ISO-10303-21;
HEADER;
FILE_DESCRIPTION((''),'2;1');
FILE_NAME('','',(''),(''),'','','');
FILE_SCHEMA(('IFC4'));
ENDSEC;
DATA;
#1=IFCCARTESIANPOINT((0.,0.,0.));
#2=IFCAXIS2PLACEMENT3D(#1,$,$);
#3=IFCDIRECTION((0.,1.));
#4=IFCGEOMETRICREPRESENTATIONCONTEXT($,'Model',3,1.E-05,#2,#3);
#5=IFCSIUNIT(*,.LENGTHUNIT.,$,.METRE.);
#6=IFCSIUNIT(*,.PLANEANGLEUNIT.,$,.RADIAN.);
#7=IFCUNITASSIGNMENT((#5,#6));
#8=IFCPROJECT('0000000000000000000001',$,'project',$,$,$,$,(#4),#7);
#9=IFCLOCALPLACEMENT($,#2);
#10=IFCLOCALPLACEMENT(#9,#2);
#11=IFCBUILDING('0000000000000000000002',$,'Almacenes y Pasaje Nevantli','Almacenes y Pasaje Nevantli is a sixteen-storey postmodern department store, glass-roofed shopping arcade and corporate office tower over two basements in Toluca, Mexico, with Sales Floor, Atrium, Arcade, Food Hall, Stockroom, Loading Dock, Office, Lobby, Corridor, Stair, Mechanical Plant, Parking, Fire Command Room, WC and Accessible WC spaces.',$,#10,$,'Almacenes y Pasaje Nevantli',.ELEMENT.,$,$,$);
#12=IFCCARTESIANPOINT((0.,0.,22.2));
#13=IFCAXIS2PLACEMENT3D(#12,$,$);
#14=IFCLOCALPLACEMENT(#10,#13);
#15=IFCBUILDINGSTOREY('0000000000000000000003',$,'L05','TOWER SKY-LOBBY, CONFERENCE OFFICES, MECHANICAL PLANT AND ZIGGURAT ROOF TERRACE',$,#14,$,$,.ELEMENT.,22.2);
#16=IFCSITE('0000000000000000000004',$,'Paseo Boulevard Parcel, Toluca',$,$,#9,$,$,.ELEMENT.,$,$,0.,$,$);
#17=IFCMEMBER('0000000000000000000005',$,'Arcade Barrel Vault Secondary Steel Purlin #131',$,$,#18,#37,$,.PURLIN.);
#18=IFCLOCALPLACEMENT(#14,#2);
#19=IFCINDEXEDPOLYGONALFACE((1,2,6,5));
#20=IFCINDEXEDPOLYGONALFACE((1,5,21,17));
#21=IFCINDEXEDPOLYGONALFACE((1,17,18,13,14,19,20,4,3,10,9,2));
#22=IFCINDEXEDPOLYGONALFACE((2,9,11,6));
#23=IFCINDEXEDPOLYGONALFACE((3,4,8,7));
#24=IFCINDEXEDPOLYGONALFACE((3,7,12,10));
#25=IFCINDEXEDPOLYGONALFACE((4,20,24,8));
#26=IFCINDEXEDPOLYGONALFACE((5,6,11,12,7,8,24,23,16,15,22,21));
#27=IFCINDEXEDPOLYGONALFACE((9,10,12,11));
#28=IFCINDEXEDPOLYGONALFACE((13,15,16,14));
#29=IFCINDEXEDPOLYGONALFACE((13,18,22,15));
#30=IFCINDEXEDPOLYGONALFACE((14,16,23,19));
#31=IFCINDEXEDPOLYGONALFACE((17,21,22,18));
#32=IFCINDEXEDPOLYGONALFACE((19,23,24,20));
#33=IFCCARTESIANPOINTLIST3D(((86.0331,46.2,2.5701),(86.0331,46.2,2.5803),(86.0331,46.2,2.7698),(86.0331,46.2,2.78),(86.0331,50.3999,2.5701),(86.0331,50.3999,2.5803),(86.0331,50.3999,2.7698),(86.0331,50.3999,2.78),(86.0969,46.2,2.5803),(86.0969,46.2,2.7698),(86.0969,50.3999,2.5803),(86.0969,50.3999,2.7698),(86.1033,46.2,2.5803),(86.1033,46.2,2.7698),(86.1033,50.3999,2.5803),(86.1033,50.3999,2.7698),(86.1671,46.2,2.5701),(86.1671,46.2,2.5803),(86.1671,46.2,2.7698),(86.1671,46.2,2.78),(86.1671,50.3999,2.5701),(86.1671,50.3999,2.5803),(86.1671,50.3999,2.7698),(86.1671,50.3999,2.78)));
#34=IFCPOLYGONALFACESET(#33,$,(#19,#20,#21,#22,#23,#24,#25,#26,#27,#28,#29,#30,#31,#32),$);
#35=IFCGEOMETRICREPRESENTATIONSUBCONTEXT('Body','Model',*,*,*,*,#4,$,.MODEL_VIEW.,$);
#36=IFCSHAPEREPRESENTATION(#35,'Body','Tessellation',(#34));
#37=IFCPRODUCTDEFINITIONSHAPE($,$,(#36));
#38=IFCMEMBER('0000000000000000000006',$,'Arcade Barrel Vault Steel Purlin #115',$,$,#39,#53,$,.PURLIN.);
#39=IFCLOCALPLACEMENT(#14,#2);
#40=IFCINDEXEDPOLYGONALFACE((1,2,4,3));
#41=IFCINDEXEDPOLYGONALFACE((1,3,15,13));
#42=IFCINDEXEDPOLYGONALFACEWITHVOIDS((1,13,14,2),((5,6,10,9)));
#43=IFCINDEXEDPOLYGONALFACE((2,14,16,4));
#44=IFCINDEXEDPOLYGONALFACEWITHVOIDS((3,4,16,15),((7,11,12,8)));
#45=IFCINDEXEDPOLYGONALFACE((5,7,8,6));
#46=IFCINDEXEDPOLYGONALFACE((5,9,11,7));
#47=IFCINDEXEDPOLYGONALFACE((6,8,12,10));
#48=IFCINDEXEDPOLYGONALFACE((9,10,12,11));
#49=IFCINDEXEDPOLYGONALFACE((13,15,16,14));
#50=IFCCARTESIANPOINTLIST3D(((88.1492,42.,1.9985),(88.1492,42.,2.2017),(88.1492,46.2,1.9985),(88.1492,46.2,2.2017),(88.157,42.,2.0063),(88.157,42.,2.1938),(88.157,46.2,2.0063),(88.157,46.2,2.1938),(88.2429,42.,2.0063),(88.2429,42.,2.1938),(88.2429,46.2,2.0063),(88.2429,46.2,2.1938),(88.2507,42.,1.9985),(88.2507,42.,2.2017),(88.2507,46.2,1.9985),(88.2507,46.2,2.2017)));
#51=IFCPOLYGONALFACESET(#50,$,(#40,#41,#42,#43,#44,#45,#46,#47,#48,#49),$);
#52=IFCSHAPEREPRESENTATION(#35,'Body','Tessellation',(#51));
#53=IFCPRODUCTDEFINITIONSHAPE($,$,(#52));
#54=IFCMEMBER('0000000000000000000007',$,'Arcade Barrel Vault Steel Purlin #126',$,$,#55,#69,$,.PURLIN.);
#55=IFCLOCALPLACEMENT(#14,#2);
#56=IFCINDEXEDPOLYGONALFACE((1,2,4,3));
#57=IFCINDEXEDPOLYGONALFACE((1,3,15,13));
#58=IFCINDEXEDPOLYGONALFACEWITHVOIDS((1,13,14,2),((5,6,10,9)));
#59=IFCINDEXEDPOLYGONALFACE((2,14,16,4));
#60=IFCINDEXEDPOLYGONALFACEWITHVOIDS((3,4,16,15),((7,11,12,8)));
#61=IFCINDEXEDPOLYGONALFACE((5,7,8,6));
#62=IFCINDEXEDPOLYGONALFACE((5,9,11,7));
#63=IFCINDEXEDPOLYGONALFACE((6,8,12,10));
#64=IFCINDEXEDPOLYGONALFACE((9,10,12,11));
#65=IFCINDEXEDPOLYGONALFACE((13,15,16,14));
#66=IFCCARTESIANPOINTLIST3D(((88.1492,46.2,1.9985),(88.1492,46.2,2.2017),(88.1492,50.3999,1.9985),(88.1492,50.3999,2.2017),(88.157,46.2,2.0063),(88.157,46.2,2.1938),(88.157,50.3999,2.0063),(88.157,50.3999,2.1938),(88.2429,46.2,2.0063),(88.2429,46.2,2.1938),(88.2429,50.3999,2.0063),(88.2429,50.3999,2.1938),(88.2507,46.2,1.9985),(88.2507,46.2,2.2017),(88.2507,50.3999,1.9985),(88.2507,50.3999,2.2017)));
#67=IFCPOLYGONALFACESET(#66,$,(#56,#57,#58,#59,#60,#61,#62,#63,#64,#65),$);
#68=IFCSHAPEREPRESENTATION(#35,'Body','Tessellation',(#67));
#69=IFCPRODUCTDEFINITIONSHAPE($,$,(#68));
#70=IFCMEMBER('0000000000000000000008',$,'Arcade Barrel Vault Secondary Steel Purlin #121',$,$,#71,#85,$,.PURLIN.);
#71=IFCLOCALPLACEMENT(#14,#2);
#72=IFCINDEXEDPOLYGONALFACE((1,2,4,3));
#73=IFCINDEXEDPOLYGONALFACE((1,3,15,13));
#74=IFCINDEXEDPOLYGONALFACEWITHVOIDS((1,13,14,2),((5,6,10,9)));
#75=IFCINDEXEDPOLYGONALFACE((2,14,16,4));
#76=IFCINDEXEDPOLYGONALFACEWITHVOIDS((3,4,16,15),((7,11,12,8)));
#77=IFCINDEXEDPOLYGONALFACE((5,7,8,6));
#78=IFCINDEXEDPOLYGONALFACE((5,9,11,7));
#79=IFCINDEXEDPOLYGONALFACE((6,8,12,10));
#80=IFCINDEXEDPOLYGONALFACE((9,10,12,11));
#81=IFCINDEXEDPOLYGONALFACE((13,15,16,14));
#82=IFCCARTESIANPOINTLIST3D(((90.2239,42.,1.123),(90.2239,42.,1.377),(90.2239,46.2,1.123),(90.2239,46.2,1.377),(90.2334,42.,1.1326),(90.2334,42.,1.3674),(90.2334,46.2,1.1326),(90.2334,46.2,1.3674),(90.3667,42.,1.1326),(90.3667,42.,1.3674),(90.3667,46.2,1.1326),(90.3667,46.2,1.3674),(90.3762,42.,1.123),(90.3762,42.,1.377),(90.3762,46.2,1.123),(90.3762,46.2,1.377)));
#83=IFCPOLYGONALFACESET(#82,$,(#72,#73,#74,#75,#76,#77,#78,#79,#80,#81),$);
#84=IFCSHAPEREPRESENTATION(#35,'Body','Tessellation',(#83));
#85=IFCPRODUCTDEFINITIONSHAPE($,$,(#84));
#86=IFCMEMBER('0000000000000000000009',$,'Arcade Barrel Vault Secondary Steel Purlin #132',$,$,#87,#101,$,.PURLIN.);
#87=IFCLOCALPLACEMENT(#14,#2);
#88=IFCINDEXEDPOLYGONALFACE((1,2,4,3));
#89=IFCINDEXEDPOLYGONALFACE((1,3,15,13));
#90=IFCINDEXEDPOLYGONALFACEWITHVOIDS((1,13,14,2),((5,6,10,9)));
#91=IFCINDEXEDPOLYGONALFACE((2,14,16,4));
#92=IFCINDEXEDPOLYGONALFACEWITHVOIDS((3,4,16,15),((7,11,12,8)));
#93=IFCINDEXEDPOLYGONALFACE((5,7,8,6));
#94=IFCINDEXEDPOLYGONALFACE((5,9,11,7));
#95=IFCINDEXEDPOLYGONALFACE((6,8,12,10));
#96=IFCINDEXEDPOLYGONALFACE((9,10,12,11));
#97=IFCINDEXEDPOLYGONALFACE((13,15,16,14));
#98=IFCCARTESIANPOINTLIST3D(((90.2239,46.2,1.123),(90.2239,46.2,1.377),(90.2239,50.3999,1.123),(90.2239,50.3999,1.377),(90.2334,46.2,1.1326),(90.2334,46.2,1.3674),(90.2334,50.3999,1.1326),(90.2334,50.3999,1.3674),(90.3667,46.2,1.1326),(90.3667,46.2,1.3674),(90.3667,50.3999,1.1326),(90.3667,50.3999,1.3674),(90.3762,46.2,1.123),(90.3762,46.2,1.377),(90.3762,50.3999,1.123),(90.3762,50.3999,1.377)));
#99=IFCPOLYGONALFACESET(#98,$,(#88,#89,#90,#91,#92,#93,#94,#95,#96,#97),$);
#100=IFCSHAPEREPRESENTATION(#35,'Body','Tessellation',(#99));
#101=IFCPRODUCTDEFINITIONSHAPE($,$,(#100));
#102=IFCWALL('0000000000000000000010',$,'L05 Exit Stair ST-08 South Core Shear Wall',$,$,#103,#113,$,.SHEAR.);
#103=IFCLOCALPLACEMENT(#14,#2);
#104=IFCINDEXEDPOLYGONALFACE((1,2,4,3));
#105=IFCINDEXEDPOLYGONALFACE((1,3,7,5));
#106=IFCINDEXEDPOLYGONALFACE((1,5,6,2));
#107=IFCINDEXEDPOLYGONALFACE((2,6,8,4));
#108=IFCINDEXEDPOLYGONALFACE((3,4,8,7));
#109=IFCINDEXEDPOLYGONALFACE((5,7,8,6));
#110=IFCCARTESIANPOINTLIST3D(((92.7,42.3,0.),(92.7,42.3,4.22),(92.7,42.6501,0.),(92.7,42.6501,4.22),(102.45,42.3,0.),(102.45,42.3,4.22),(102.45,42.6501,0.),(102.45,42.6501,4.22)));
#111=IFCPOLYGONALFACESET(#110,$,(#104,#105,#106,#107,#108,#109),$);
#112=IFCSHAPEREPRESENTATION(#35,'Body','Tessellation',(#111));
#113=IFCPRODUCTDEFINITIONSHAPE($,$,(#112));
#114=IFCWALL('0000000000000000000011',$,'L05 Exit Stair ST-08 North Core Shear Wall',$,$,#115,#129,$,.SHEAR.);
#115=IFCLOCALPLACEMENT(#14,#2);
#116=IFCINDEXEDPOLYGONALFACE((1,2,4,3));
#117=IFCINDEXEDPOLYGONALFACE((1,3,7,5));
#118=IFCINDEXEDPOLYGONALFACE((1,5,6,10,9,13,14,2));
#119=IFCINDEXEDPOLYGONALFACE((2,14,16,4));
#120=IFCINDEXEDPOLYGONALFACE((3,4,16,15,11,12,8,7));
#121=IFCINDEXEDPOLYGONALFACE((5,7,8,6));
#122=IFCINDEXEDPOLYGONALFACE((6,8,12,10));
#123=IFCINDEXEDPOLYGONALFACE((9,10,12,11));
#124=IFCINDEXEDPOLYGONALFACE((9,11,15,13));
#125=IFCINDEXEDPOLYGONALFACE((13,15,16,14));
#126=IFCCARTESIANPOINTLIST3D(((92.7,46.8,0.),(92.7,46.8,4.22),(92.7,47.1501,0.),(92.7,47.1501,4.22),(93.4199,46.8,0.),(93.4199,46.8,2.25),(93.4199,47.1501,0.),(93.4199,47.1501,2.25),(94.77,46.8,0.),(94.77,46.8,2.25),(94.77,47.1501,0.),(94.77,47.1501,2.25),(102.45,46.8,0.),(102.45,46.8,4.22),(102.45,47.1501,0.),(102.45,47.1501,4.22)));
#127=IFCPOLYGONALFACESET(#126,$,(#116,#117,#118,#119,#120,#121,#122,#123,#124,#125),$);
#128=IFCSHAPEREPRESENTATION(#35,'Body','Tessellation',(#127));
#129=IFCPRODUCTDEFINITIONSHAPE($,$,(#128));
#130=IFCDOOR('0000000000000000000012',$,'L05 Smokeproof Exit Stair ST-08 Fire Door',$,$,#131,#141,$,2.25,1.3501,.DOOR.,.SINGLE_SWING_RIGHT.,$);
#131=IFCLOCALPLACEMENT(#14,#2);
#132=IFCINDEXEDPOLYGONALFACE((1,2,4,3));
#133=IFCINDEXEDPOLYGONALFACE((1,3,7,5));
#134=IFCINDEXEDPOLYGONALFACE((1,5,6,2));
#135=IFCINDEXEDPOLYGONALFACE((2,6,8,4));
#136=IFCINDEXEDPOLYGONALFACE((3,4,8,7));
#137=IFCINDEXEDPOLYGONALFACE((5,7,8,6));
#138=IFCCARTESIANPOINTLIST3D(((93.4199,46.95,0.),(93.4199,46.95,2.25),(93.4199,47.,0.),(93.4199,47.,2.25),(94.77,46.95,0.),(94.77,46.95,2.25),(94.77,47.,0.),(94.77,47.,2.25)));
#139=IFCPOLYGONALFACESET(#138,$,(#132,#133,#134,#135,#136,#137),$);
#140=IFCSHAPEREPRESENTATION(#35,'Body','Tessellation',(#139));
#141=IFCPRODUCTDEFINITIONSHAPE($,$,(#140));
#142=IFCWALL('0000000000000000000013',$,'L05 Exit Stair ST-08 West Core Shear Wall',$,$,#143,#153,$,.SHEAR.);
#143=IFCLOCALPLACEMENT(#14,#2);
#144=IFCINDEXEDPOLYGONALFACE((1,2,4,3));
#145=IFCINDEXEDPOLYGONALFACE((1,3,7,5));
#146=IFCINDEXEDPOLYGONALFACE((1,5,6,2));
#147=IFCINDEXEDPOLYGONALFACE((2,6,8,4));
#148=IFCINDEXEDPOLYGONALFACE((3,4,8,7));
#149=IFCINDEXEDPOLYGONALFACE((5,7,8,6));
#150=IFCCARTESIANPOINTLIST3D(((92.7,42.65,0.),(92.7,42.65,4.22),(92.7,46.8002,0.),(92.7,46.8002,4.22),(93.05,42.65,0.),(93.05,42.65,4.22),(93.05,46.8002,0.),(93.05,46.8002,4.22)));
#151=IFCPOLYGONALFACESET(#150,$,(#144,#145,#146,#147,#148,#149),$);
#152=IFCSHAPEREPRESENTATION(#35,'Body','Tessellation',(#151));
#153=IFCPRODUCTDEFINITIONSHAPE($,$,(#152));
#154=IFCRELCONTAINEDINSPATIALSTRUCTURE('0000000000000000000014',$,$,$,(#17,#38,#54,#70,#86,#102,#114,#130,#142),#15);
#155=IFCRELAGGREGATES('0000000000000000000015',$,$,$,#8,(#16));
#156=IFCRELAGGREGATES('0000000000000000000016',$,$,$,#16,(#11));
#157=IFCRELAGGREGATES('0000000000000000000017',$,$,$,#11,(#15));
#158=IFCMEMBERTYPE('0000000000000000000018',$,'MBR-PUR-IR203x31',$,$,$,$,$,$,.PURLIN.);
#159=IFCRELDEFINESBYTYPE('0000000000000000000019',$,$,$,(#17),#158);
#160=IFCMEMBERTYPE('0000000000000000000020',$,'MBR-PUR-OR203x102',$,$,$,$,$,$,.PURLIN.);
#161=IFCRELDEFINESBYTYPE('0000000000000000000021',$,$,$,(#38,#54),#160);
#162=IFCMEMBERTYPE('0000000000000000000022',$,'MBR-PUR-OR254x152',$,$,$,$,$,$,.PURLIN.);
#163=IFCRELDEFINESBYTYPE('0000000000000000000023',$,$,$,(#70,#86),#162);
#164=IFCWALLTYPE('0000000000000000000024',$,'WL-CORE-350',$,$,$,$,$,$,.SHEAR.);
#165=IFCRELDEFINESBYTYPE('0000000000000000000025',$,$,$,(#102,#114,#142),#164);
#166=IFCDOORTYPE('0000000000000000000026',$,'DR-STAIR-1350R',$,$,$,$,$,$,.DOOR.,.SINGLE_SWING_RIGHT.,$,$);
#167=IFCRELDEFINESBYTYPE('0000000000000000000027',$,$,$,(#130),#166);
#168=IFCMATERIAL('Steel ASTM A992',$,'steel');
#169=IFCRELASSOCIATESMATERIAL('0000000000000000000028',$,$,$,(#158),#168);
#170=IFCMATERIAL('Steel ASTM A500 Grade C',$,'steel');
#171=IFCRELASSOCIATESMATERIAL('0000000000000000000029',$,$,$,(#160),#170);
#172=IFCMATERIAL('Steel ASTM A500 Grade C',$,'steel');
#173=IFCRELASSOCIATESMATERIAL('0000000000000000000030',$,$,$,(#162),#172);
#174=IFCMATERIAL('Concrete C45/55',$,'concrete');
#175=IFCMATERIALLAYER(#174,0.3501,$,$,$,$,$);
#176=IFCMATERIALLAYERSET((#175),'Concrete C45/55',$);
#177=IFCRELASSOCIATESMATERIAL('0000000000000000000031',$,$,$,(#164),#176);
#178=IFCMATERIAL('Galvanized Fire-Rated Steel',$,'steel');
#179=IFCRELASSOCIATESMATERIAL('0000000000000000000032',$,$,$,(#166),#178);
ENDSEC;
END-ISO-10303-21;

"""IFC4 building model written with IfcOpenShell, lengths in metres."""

from ifc_helpers import new_model, si_unit, direction, frame, frame_2d, origin, origin_2d, place, context, subcontext, project, spatial, rectangle, hollow_rectangle, i_section, extrude, material, layer, layer_set, material_profile, profile_set, type_object, element, fill, save


model = new_model("IFC4")

# Units and contexts
model_context = context("Model", 3, precision=1e-05, world=origin(), true_north=direction((0.0, 1.0)))
body_context = subcontext(model_context, "Body", "Model", "MODEL_VIEW")
ifc_project = project(units=[si_unit("LENGTHUNIT", "METRE"), si_unit("PLANEANGLEUNIT", "RADIAN")], contexts=[model_context])

# Site, building, storey
site_placement = place(None, origin())
site = spatial("IfcSite", under=ifc_project, at=site_placement, Name="Paseo Boulevard Parcel, Toluca", CompositionType="ELEMENT", RefElevation=0.0)
building_placement = place(site_placement, origin())
building = spatial("IfcBuilding", under=site, at=building_placement, Name="Almacenes y Pasaje Nevantli", Description="Almacenes y Pasaje Nevantli is a sixteen-storey postmodern department store, glass-roofed shopping arcade and corporate office tower over two basements in Toluca, Mexico, with Sales Floor, Atrium, Arcade, Food Hall, Stockroom, Loading Dock, Office, Lobby, Corridor, Stair, Mechanical Plant, Parking, Fire Command Room, WC and Accessible WC spaces.", LongName="Almacenes y Pasaje Nevantli", CompositionType="ELEMENT")
storey_placement = place(building_placement, frame((0.0, 0.0, 22.2)))
storey = spatial("IfcBuildingStorey", under=building, at=storey_placement, Name="L05", Description="TOWER SKY-LOBBY, CONFERENCE OFFICES, MECHANICAL PLANT AND ZIGGURAT ROOF TERRACE", CompositionType="ELEMENT", Elevation=22.2)

# Members
ifc_material_1 = material(Name="Steel ASTM A992", Category="steel")
ifc_material_profile_1 = material_profile(ifc_material_1, i_section(OverallWidth=0.134, OverallDepth=0.21, WebThickness=0.0063, FlangeThickness=0.0103, at=origin_2d()), Name="IR 203x31.3")
ifc_profile_set_1 = profile_set([ifc_material_profile_1], Name="Steel ASTM A992")
member_type_1 = type_object("IfcMemberType", Name="MBR-PUR-IR203x31", PredefinedType="PURLIN", material=ifc_profile_set_1)
for number, where, z_axis, x_axis, name in (
    (1, (86.1001, 46.2, 2.675), (0.0, 1.0, 0.0), (-1.0, 0.0, 0.0), "Arcade Barrel Vault Secondary Steel Purlin #131"),
):
    element("IfcMember", number, at=place(storey_placement, frame(where, z_axis=z_axis, x_axis=x_axis)), inside=storey, type_object=member_type_1, Name=name, PredefinedType="PURLIN", context=body_context, shape_type="SweptSolid", body=[
        extrude(i_section(OverallWidth=0.134, OverallDepth=0.21, WebThickness=0.0063, FlangeThickness=0.0103, at=origin_2d()), origin(), (0.0, 0.0, 1.0), 4.2),
    ])
ifc_material_2 = material(Name="Steel ASTM A500 Grade C", Category="steel")
ifc_material_profile_2 = material_profile(ifc_material_2, hollow_rectangle(XDim=0.1016, YDim=0.2031, WallThickness=0.0078, at=origin_2d()), Name="OR 203x102x7.9")
ifc_profile_set_2 = profile_set([ifc_material_profile_2], Name="Steel ASTM A500 Grade C")
member_type_2 = type_object("IfcMemberType", Name="MBR-PUR-OR203x102", PredefinedType="PURLIN", material=ifc_profile_set_2)
for number, where, z_axis, x_axis, name in (
    (2, (88.2, 42.0, 2.1001), (0.0, 1.0, 0.0), (-1.0, 0.0, 0.0), "Arcade Barrel Vault Steel Purlin #115"),
    (3, (88.2, 46.2, 2.1001), (0.0, 1.0, 0.0), (-1.0, 0.0, 0.0), "Arcade Barrel Vault Steel Purlin #126"),
):
    element("IfcMember", number, at=place(storey_placement, frame(where, z_axis=z_axis, x_axis=x_axis)), inside=storey, type_object=member_type_2, Name=name, PredefinedType="PURLIN", context=body_context, shape_type="SweptSolid", body=[
        extrude(hollow_rectangle(XDim=0.1016, YDim=0.2031, WallThickness=0.0078, at=origin_2d()), origin(), (0.0, 0.0, 1.0), 4.2),
    ])
ifc_material_3 = material(Name="Steel ASTM A500 Grade C", Category="steel")
ifc_material_profile_3 = material_profile(ifc_material_3, hollow_rectangle(XDim=0.1523, YDim=0.2539, WallThickness=0.0095, at=origin_2d()), Name="OR 254x152x9.5")
ifc_profile_set_3 = profile_set([ifc_material_profile_3], Name="Steel ASTM A500 Grade C")
member_type_3 = type_object("IfcMemberType", Name="MBR-PUR-OR254x152", PredefinedType="PURLIN", material=ifc_profile_set_3)
for number, where, z_axis, x_axis, name in (
    (4, (90.3, 42.0, 1.25), (0.0, 1.0, 0.0), (-1.0, 0.0, 0.0), "Arcade Barrel Vault Secondary Steel Purlin #121"),
    (5, (90.3, 46.2, 1.25), (0.0, 1.0, 0.0), (-1.0, 0.0, 0.0), "Arcade Barrel Vault Secondary Steel Purlin #132"),
):
    element("IfcMember", number, at=place(storey_placement, frame(where, z_axis=z_axis, x_axis=x_axis)), inside=storey, type_object=member_type_3, Name=name, PredefinedType="PURLIN", context=body_context, shape_type="SweptSolid", body=[
        extrude(hollow_rectangle(XDim=0.1523, YDim=0.2539, WallThickness=0.0095, at=origin_2d()), origin(), (0.0, 0.0, 1.0), 4.2),
    ])

# Wall
ifc_material_4 = material(Name="Concrete C45/55", Category="concrete")
ifc_layer = layer(ifc_material_4, 0.3501)
ifc_layer_set = layer_set([ifc_layer], Name="Concrete C45/55")
wall_type = type_object("IfcWallType", Name="WL-CORE-350", PredefinedType="SHEAR", material=ifc_layer_set)
wall_1_placement = place(storey_placement, frame((92.7, 42.4751, 0.0), z_axis=(0.0, 0.0, 1.0), x_axis=(1.0, 0.0, 0.0)))
element("IfcWall", 6, at=wall_1_placement, inside=storey, type_object=wall_type, Name="L05 Exit Stair ST-08 South Core Shear Wall", PredefinedType="SHEAR", context=body_context, shape_type="SweptSolid", body=[
    extrude(rectangle(XDim=9.75, YDim=0.3501, at=frame_2d((4.875, 0.0))), origin(), (0.0, 0.0, 1.0), 4.22),
])

# Wall, opening, door
wall_2_placement = place(storey_placement, frame((92.7, 46.9751, 0.0), z_axis=(0.0, 0.0, 1.0), x_axis=(1.0, 0.0, 0.0)))
wall_2 = element("IfcWall", 7, at=wall_2_placement, inside=storey, type_object=wall_type, Name="L05 Exit Stair ST-08 North Core Shear Wall", PredefinedType="SHEAR", context=body_context, shape_type="SweptSolid", body=[
    extrude(rectangle(XDim=9.75, YDim=0.3501, at=frame_2d((4.875, 0.0))), origin(), (0.0, 0.0, 1.0), 4.22),
])
opening_placement = place(wall_2_placement, frame((0.72, 0.0, 0.0)))
opening = element("IfcOpeningElement", 8, at=opening_placement, cuts=wall_2, PredefinedType="OPENING", context=body_context, shape_type="SweptSolid", body=[
    extrude(rectangle(XDim=1.3501, YDim=2.25, at=frame_2d((0.675, 1.125))), frame((0.0, 0.1851, 0.0), z_axis=(0.0, -1.0, 0.0), x_axis=(1.0, 0.0, 0.0)), (0.0, 0.0, 1.0), 0.3701),
])
ifc_material_5 = material(Name="Galvanized Fire-Rated Steel", Category="steel")
door_type = type_object("IfcDoorType", Name="DR-STAIR-1350R", OperationType="SINGLE_SWING_RIGHT", PredefinedType="DOOR", material=ifc_material_5)
door_placement = place(opening_placement, origin())
door = element("IfcDoor", 9, at=door_placement, inside=storey, type_object=door_type, Name="L05 Smokeproof Exit Stair ST-08 Fire Door", OperationType="SINGLE_SWING_RIGHT", OverallHeight=2.25, OverallWidth=1.3501, PredefinedType="DOOR", context=body_context, shape_type="SweptSolid", body=[
    extrude(rectangle(XDim=1.3501, YDim=2.25, at=frame_2d((0.675, 1.125))), frame((0.0, 0.0249, 0.0), z_axis=(0.0, -1.0, 0.0), x_axis=(1.0, 0.0, 0.0)), (0.0, 0.0, 1.0), 0.05),
])
fill(opening, door)

# Wall
wall_3_placement = place(storey_placement, frame((92.875, 42.6499, 0.0), z_axis=(0.0, 0.0, 1.0), x_axis=(0.0, 1.0, 0.0)))
element("IfcWall", 10, at=wall_3_placement, inside=storey, type_object=wall_type, Name="L05 Exit Stair ST-08 West Core Shear Wall", PredefinedType="SHEAR", context=body_context, shape_type="SweptSolid", body=[
    extrude(rectangle(XDim=4.1501, YDim=0.3501, at=frame_2d((2.0752, 0.0))), origin(), (0.0, 0.0, 1.0), 4.22),
])

save(model, "model.ifc")
